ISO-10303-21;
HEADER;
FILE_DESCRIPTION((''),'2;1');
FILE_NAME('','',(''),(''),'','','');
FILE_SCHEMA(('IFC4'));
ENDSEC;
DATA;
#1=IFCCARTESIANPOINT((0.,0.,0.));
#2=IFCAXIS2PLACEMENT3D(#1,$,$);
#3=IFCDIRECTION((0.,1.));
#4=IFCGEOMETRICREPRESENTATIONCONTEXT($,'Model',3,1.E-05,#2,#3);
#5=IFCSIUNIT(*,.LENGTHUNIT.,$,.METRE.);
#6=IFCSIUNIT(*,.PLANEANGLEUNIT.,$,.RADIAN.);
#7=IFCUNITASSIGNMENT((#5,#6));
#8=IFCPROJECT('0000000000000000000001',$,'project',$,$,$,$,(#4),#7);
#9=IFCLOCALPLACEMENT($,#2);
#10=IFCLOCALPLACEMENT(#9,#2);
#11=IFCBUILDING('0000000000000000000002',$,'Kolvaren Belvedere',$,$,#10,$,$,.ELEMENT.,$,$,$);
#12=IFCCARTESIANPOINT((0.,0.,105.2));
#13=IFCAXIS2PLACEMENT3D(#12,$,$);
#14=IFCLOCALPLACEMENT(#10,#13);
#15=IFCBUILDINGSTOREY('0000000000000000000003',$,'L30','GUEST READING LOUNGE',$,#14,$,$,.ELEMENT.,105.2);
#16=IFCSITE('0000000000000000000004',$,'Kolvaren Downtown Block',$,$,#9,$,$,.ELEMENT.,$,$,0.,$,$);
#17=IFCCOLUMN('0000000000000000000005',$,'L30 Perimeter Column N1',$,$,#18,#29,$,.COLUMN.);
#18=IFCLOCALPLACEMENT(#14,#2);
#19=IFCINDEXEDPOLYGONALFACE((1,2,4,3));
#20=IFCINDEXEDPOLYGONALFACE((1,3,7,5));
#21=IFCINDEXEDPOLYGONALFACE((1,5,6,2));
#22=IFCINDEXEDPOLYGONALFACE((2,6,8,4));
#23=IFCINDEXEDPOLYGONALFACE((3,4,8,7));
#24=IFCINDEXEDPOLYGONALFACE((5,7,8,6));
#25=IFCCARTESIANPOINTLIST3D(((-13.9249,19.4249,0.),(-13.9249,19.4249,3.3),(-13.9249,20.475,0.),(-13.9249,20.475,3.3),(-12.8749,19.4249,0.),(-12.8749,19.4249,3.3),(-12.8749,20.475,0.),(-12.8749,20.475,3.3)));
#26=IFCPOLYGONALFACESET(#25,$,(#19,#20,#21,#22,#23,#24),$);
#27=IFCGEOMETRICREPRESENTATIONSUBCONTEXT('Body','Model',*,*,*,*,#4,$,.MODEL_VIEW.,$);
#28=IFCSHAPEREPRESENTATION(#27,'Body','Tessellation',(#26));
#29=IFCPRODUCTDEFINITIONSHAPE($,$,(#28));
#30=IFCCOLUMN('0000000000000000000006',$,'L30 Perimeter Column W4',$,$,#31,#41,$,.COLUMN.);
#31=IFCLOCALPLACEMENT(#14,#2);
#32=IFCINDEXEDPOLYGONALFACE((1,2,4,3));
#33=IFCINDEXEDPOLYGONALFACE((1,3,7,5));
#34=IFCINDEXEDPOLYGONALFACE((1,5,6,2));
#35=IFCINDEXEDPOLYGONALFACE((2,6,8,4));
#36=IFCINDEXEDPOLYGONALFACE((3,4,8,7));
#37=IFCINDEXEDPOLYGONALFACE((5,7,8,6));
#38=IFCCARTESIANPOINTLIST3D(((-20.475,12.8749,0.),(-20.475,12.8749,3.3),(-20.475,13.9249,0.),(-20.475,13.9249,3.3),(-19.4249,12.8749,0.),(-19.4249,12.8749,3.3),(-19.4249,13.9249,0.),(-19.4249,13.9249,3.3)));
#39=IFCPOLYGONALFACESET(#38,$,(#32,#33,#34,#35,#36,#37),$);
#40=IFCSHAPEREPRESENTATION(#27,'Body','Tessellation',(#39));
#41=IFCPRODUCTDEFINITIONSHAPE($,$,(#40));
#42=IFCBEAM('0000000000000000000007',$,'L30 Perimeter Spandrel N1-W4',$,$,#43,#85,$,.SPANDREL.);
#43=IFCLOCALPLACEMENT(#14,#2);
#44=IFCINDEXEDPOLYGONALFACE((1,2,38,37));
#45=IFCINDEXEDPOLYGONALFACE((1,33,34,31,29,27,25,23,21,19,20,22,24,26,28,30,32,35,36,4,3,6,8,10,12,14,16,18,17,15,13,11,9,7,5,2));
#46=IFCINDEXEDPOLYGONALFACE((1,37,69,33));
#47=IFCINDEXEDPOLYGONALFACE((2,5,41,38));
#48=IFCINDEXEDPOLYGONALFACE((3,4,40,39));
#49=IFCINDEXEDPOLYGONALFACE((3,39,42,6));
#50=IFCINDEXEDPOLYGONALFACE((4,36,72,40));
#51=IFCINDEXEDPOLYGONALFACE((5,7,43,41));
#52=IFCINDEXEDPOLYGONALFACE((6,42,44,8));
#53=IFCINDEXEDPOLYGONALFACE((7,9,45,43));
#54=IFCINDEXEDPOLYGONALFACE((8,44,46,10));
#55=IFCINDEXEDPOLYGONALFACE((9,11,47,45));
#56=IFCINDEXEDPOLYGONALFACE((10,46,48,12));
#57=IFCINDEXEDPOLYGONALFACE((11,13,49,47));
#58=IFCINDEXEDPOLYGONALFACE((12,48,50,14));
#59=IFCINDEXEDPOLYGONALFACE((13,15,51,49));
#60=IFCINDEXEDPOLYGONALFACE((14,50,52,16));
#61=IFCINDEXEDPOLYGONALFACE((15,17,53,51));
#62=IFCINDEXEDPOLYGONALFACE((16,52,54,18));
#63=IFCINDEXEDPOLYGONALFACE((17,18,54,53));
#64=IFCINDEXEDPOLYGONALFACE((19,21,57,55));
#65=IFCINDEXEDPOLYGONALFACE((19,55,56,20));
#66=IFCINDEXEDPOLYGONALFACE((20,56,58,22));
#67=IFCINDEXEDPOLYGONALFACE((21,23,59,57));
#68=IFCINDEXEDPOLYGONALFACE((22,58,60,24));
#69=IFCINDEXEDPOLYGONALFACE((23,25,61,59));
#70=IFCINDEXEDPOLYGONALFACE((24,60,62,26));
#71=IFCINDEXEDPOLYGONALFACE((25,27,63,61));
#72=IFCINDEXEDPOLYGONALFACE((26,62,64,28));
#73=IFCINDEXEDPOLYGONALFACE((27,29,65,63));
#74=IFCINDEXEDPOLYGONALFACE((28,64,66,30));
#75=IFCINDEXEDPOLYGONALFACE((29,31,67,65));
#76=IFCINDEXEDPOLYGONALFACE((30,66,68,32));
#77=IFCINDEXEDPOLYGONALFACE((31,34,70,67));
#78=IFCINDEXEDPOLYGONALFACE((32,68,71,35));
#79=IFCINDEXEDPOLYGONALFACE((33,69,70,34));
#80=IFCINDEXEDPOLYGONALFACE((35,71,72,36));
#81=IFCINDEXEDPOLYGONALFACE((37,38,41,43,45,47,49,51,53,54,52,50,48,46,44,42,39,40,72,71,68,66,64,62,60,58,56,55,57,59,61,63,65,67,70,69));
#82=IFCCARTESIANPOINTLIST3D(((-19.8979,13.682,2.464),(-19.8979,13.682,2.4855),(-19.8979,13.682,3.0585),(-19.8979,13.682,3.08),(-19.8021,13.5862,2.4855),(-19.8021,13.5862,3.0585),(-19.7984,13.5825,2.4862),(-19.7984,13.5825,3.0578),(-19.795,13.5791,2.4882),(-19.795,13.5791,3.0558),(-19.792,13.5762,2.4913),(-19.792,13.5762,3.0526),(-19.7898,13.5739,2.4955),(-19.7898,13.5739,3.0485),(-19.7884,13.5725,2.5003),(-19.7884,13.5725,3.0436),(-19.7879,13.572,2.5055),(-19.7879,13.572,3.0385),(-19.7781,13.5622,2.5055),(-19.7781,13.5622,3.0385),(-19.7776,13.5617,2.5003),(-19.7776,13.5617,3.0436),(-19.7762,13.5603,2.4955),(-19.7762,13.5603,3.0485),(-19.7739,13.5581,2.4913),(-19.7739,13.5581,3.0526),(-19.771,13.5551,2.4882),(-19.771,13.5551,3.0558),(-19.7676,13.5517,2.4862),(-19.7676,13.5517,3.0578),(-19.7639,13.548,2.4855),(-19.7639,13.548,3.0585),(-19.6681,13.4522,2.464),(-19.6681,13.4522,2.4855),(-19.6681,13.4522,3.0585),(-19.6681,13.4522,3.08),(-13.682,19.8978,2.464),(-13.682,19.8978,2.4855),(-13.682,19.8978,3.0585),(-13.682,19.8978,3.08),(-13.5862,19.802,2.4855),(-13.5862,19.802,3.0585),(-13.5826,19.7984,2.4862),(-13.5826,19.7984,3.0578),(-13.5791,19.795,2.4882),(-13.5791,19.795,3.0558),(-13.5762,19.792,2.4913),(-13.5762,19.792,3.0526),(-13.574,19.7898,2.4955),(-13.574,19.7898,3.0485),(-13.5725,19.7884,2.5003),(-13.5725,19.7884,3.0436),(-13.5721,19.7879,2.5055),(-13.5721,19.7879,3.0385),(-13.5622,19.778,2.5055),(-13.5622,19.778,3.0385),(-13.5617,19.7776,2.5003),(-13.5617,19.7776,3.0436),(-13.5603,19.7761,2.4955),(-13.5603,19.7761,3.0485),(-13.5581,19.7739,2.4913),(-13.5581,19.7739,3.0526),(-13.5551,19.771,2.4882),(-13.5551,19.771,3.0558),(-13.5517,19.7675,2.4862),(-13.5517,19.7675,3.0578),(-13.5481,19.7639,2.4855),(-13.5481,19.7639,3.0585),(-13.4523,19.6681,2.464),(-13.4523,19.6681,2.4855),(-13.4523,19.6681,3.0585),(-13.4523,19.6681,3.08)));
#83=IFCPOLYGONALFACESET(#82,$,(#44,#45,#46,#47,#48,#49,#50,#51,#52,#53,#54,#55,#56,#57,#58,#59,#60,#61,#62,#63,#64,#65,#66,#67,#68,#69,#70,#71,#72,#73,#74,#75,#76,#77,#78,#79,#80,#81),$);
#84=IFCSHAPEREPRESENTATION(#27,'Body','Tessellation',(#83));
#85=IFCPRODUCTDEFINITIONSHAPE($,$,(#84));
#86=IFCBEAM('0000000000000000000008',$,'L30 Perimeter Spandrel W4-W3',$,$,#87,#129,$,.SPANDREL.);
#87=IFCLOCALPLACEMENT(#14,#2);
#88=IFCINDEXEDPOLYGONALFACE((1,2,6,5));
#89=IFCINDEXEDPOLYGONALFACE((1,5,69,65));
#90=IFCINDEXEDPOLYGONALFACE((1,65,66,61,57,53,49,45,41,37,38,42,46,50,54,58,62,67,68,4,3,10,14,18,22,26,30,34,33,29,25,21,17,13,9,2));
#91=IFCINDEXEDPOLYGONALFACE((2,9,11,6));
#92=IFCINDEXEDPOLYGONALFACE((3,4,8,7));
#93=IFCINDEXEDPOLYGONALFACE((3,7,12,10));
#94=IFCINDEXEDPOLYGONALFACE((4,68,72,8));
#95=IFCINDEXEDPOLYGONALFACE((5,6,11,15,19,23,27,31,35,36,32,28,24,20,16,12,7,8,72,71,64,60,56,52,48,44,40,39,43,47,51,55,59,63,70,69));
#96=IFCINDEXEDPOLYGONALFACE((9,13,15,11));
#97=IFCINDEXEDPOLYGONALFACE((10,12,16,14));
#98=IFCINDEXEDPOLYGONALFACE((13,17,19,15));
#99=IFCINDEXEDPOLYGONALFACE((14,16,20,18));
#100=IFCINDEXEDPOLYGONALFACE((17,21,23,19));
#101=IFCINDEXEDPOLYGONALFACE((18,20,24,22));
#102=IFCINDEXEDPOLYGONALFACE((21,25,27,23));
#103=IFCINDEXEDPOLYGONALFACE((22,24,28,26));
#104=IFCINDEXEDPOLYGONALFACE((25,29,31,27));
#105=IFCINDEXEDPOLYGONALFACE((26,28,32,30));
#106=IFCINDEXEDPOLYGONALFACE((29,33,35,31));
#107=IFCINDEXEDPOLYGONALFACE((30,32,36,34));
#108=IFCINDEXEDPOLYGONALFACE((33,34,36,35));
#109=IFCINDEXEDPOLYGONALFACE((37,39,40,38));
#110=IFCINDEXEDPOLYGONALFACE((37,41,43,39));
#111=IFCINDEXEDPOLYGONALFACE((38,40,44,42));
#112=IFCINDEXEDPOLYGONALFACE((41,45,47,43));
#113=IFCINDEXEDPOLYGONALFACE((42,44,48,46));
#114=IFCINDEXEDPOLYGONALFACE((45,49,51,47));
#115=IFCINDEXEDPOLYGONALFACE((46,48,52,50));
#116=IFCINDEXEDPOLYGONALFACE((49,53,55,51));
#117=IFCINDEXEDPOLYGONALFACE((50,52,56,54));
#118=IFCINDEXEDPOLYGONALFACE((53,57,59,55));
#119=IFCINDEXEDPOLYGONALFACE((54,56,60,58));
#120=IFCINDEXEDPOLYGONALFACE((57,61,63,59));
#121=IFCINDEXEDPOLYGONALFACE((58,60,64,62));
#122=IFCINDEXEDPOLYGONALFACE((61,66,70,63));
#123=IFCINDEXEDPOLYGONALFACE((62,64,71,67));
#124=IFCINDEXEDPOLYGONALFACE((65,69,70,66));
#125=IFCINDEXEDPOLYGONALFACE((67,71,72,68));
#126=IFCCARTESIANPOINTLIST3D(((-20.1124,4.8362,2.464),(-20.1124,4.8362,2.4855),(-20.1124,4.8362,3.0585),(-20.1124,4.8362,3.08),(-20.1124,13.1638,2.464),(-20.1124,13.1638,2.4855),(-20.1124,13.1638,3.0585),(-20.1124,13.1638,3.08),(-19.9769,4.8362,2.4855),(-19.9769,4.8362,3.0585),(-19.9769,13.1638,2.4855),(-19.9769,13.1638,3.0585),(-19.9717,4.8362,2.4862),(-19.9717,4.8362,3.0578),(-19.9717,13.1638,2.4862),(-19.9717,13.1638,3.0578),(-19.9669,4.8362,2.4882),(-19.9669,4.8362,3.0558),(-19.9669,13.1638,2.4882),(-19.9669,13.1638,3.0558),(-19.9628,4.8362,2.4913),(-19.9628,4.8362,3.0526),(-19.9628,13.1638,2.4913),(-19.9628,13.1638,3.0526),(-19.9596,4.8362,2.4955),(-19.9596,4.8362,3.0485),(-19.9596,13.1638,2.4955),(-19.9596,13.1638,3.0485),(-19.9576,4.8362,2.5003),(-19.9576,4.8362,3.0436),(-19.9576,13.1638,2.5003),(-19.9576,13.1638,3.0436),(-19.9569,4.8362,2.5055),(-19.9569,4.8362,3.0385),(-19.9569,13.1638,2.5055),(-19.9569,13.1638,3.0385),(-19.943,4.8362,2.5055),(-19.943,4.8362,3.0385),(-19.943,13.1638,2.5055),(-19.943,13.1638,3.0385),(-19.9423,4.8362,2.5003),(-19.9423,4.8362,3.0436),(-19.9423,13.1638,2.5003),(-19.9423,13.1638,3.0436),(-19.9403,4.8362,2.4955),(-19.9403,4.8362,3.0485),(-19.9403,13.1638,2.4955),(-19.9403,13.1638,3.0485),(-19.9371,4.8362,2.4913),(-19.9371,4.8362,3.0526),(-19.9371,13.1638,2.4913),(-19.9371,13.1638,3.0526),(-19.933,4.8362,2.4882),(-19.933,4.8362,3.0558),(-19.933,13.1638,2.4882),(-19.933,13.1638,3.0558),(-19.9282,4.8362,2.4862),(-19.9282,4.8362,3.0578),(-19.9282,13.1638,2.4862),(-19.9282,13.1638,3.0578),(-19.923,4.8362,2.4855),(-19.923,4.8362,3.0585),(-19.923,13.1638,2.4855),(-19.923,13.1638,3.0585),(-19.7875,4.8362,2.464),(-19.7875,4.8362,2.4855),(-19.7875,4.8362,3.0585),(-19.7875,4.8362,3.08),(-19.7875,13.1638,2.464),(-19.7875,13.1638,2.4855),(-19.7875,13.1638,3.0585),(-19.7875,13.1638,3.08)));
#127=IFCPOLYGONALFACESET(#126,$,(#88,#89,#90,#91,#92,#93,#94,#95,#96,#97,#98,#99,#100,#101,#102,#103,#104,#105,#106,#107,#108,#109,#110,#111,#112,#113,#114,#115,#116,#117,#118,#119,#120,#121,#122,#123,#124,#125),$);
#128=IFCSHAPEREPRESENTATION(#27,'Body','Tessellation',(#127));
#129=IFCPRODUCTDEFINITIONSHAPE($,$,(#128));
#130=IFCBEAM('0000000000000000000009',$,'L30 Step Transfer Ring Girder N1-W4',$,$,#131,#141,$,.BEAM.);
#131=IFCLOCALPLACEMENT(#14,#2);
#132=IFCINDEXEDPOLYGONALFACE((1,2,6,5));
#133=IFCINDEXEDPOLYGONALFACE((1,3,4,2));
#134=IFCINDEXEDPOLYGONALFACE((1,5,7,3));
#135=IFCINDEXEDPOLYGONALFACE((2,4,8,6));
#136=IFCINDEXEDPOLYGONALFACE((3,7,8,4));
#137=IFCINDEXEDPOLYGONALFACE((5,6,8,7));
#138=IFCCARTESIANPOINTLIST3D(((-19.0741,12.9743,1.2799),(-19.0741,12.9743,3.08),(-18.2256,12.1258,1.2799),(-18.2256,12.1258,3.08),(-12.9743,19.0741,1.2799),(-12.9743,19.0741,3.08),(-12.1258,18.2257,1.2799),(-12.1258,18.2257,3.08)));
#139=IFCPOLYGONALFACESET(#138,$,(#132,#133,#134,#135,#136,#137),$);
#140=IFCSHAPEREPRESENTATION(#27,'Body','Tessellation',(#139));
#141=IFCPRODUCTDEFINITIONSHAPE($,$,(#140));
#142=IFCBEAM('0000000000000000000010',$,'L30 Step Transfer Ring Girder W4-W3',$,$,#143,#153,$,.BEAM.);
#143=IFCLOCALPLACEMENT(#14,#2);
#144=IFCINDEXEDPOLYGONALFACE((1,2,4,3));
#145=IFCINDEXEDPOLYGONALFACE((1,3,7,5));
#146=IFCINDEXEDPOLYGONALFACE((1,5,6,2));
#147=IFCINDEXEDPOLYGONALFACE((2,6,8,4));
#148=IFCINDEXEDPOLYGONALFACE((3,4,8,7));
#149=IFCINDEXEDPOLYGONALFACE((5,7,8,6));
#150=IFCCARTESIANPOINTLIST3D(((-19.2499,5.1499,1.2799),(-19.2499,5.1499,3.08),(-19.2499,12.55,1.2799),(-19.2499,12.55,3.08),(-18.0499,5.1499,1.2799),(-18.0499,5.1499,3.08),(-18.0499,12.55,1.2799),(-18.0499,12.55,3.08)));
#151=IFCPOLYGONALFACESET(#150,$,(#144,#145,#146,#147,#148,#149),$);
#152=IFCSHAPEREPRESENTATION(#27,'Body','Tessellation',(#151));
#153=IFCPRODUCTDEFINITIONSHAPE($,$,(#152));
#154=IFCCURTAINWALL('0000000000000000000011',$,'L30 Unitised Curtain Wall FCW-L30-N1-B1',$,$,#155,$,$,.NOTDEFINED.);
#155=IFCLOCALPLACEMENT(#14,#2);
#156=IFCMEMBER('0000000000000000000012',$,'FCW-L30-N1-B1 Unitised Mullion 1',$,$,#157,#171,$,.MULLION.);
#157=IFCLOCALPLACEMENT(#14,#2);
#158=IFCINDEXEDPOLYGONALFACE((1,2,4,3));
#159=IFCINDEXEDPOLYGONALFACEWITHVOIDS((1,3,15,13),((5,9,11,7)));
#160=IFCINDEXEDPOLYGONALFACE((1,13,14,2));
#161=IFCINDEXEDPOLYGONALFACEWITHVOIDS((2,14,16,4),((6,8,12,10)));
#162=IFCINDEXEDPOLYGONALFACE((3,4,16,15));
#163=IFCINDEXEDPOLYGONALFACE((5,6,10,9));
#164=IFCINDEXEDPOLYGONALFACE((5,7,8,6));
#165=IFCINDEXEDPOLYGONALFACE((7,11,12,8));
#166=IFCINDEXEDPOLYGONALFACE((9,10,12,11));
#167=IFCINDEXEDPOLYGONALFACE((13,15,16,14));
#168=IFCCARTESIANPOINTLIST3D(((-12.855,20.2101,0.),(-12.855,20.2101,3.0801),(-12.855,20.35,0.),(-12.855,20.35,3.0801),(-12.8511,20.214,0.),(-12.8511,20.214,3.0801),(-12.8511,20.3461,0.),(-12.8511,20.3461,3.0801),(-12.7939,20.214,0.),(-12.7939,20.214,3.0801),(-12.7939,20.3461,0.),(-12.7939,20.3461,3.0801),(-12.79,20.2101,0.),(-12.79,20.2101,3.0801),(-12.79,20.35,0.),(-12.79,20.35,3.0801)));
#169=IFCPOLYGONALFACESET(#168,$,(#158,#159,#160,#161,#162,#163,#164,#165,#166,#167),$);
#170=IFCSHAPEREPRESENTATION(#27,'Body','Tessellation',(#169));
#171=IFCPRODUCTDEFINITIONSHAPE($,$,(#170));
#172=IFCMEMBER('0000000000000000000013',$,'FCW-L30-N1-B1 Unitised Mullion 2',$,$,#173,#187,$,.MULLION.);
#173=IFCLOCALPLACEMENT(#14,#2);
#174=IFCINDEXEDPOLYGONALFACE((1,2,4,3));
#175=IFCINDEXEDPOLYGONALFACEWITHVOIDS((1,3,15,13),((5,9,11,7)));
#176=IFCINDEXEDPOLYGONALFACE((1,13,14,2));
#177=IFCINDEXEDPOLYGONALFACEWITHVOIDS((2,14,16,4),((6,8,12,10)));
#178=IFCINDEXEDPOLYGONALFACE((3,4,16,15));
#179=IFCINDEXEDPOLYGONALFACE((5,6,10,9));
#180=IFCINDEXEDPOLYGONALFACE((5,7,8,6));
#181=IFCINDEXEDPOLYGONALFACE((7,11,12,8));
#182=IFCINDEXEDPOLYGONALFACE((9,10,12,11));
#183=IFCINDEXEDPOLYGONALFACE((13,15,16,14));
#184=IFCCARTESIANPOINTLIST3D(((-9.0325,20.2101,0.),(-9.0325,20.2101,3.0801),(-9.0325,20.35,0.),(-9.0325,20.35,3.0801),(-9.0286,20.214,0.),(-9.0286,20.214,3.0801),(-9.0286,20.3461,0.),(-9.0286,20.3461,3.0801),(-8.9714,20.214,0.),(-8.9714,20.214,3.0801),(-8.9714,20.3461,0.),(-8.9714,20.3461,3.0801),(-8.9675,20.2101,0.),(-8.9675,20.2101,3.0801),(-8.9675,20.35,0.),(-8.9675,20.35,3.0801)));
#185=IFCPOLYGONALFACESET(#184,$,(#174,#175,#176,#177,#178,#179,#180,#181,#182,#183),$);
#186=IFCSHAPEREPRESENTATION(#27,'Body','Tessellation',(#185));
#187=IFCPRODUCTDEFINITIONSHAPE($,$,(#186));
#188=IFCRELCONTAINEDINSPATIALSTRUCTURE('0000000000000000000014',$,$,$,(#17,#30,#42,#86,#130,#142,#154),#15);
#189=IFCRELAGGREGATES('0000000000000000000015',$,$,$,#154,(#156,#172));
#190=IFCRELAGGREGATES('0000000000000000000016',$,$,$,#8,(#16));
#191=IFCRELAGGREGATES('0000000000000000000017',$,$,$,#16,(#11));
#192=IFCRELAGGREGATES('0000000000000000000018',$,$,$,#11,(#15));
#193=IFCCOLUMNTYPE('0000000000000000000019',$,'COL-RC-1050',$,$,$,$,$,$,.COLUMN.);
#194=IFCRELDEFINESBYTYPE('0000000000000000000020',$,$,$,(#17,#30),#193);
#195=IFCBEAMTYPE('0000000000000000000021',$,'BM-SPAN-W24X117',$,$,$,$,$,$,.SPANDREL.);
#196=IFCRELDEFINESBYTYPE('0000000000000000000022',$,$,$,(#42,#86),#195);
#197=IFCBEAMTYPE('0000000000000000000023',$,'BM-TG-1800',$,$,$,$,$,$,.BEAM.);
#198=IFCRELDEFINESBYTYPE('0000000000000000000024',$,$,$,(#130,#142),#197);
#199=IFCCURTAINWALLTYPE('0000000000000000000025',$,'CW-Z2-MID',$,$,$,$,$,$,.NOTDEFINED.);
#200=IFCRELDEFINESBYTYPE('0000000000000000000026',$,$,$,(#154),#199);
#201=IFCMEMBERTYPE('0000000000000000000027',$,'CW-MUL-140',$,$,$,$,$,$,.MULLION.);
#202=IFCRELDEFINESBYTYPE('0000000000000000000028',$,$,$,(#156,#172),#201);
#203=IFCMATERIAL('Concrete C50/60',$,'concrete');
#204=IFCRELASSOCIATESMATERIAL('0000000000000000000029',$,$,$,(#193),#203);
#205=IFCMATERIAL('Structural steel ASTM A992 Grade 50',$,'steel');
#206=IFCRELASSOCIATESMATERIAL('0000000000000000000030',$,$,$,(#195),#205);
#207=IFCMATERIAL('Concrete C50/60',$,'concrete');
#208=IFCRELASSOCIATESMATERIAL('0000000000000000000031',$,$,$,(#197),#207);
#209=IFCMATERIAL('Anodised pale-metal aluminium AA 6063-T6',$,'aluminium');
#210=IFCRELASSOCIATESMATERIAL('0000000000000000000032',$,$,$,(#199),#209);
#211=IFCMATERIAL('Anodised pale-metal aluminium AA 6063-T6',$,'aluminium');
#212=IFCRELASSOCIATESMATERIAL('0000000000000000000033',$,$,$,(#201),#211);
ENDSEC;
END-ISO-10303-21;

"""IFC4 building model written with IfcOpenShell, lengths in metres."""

from ifc_helpers import new_model, si_unit, direction, frame, origin, origin_2d, place, context, subcontext, project, spatial, rectangle, hollow_rectangle, i_section, extrude, material, material_profile, profile_set, type_object, element, aggregate, save


model = new_model("IFC4")

# Units and contexts
model_context = context("Model", 3, precision=1e-05, world=origin(), true_north=direction((0.0, 1.0)))
body_context = subcontext(model_context, "Body", "Model", "MODEL_VIEW")
ifc_project = project(units=[si_unit("LENGTHUNIT", "METRE"), si_unit("PLANEANGLEUNIT", "RADIAN")], contexts=[model_context])

# Site, building, storey
site_placement = place(None, origin())
site = spatial("IfcSite", under=ifc_project, at=site_placement, Name="Kolvaren Downtown Block", CompositionType="ELEMENT", RefElevation=0.0)
building_placement = place(site_placement, origin())
building = spatial("IfcBuilding", under=site, at=building_placement, Name="Kolvaren Belvedere", CompositionType="ELEMENT")
storey_placement = place(building_placement, frame((0.0, 0.0, 105.2)))
storey = spatial("IfcBuildingStorey", under=building, at=storey_placement, Name="L30", Description="GUEST READING LOUNGE", CompositionType="ELEMENT", Elevation=105.2)

# Columns
ifc_material_1 = material(Name="Concrete C50/60", Category="concrete")
ifc_material_profile_1 = material_profile(ifc_material_1, rectangle(XDim=1.05, YDim=1.05, at=origin_2d()), Name="RC 1050X1050")
ifc_profile_set_1 = profile_set([ifc_material_profile_1], Name="Concrete C50/60")
column_type = type_object("IfcColumnType", Name="COL-RC-1050", PredefinedType="COLUMN", material=ifc_profile_set_1)
for number, where, z_axis, x_axis, name in (
    (1, (-13.3999, 19.95, 0.0), (0.0, 0.0, 1.0), (1.0, 0.0, 0.0), "L30 Perimeter Column N1"),
    (2, (-19.95, 13.3999, 0.0), (0.0, 0.0, 1.0), (1.0, 0.0, 0.0), "L30 Perimeter Column W4"),
):
    element("IfcColumn", number, at=place(storey_placement, frame(where, z_axis=z_axis, x_axis=x_axis)), inside=storey, type_object=column_type, Name=name, PredefinedType="COLUMN", context=body_context, shape_type="SweptSolid", body=[
        extrude(rectangle(XDim=1.05, YDim=1.05, at=origin_2d()), origin(), (0.0, 0.0, 1.0), 3.3),
    ])

# Beams
ifc_material_2 = material(Name="Structural steel ASTM A992 Grade 50", Category="steel")
ifc_material_profile_2 = material_profile(ifc_material_2, i_section(OverallWidth=0.325, OverallDepth=0.616, WebThickness=0.0139, FlangeThickness=0.0215, FilletRadius=0.02, at=origin_2d()), Name="W24X117")
ifc_profile_set_2 = profile_set([ifc_material_profile_2], Name="Structural steel ASTM A992 Grade 50")
beam_type_1 = type_object("IfcBeamType", Name="BM-SPAN-W24X117", PredefinedType="SPANDREL", material=ifc_profile_set_2)
beam_1_placement = place(storey_placement, frame((-13.5671, 19.783, 2.772), z_axis=(-0.707107, -0.707107, 0.0), x_axis=(0.707107, -0.707107, 0.0)))
element("IfcBeam", 3, at=beam_1_placement, inside=storey, type_object=beam_type_1, Name="L30 Perimeter Spandrel N1-W4", PredefinedType="SPANDREL", context=body_context, shape_type="SweptSolid", body=[
    extrude(i_section(OverallWidth=0.325, OverallDepth=0.616, WebThickness=0.0139, FlangeThickness=0.0215, FilletRadius=0.02, at=origin_2d()), origin(), (0.0, 0.0, 1.0), 8.7905),
])
beam_2_placement = place(storey_placement, frame((-19.95, 13.1638, 2.772), z_axis=(0.0, -1.0, 0.0), x_axis=(1.0, 0.0, 0.0)))
element("IfcBeam", 4, at=beam_2_placement, inside=storey, type_object=beam_type_1, Name="L30 Perimeter Spandrel W4-W3", PredefinedType="SPANDREL", context=body_context, shape_type="SweptSolid", body=[
    extrude(i_section(OverallWidth=0.325, OverallDepth=0.616, WebThickness=0.0139, FlangeThickness=0.0215, FilletRadius=0.02, at=origin_2d()), origin(), (0.0, 0.0, 1.0), 8.3276),
])
ifc_material_3 = material(Name="Concrete C50/60", Category="concrete")
ifc_material_profile_3 = material_profile(ifc_material_3, rectangle(XDim=1.2, YDim=1.8, at=origin_2d()), Name="RC 1200X1800")
ifc_profile_set_3 = profile_set([ifc_material_profile_3], Name="Concrete C50/60")
beam_type_2 = type_object("IfcBeamType", Name="BM-TG-1800", PredefinedType="BEAM", material=ifc_profile_set_3)
beam_3_placement = place(storey_placement, frame((-12.55, 18.6499, 2.1799), z_axis=(-0.707107, -0.707107, 0.0), x_axis=(0.707107, -0.707107, 0.0)))
element("IfcBeam", 5, at=beam_3_placement, inside=storey, type_object=beam_type_2, Name="L30 Step Transfer Ring Girder N1-W4", PredefinedType="BEAM", context=body_context, shape_type="SweptSolid", body=[
    extrude(rectangle(XDim=1.2, YDim=1.8, at=origin_2d()), origin(), (0.0, 0.0, 1.0), 8.6265),
])
beam_4_placement = place(storey_placement, frame((-18.6499, 12.55, 2.1799), z_axis=(0.0, -1.0, 0.0), x_axis=(1.0, 0.0, 0.0)))
element("IfcBeam", 6, at=beam_4_placement, inside=storey, type_object=beam_type_2, Name="L30 Step Transfer Ring Girder W4-W3", PredefinedType="BEAM", context=body_context, shape_type="SweptSolid", body=[
    extrude(rectangle(XDim=1.2, YDim=1.8, at=origin_2d()), origin(), (0.0, 0.0, 1.0), 7.4001),
])

# Curtain wall, members
ifc_material_4 = material(Name="Anodised pale-metal aluminium AA 6063-T6", Category="aluminium")
curtain_wall_type = type_object("IfcCurtainWallType", Name="CW-Z2-MID", PredefinedType="NOTDEFINED", material=ifc_material_4)
curtain_wall_1_placement = place(storey_placement, origin())
curtain_wall_1 = element("IfcCurtainWall", 7, at=curtain_wall_1_placement, inside=storey, type_object=curtain_wall_type, Name="L30 Unitised Curtain Wall FCW-L30-N1-B1", PredefinedType="NOTDEFINED")
ifc_material_5 = material(Name="Anodised pale-metal aluminium AA 6063-T6", Category="aluminium")
ifc_material_profile_4 = material_profile(ifc_material_5, hollow_rectangle(XDim=0.0649, YDim=0.1399, WallThickness=0.0039, at=origin_2d()), Name="ALU-MUL-140X65")
ifc_profile_set_4 = profile_set([ifc_material_profile_4], Name="Anodised pale-metal aluminium AA 6063-T6")
member_type_1 = type_object("IfcMemberType", Name="CW-MUL-140", PredefinedType="MULLION", material=ifc_profile_set_4)
member_1_placement = place(storey_placement, frame((-12.8225, 20.28, 0.0), z_axis=(0.0, 0.0, 1.0), x_axis=(1.0, 0.0, 0.0)))
member_1 = element("IfcMember", 8, at=member_1_placement, type_object=member_type_1, Name="FCW-L30-N1-B1 Unitised Mullion 1", PredefinedType="MULLION", context=body_context, shape_type="SweptSolid", body=[
    extrude(hollow_rectangle(XDim=0.0649, YDim=0.1399, WallThickness=0.0039, at=origin_2d()), origin(), (0.0, 0.0, 1.0), 3.0801),
])
member_2_placement = place(storey_placement, frame((-9.0, 20.28, 0.0), z_axis=(0.0, 0.0, 1.0), x_axis=(1.0, 0.0, 0.0)))
member_2 = element("IfcMember", 9, at=member_2_placement, type_object=member_type_1, Name="FCW-L30-N1-B1 Unitised Mullion 2", PredefinedType="MULLION", context=body_context, shape_type="SweptSolid", body=[
    extrude(hollow_rectangle(XDim=0.0649, YDim=0.1399, WallThickness=0.0039, at=origin_2d()), origin(), (0.0, 0.0, 1.0), 3.0801),
])

aggregate(curtain_wall_1, [member_1, member_2])

save(model, "model.ifc")
